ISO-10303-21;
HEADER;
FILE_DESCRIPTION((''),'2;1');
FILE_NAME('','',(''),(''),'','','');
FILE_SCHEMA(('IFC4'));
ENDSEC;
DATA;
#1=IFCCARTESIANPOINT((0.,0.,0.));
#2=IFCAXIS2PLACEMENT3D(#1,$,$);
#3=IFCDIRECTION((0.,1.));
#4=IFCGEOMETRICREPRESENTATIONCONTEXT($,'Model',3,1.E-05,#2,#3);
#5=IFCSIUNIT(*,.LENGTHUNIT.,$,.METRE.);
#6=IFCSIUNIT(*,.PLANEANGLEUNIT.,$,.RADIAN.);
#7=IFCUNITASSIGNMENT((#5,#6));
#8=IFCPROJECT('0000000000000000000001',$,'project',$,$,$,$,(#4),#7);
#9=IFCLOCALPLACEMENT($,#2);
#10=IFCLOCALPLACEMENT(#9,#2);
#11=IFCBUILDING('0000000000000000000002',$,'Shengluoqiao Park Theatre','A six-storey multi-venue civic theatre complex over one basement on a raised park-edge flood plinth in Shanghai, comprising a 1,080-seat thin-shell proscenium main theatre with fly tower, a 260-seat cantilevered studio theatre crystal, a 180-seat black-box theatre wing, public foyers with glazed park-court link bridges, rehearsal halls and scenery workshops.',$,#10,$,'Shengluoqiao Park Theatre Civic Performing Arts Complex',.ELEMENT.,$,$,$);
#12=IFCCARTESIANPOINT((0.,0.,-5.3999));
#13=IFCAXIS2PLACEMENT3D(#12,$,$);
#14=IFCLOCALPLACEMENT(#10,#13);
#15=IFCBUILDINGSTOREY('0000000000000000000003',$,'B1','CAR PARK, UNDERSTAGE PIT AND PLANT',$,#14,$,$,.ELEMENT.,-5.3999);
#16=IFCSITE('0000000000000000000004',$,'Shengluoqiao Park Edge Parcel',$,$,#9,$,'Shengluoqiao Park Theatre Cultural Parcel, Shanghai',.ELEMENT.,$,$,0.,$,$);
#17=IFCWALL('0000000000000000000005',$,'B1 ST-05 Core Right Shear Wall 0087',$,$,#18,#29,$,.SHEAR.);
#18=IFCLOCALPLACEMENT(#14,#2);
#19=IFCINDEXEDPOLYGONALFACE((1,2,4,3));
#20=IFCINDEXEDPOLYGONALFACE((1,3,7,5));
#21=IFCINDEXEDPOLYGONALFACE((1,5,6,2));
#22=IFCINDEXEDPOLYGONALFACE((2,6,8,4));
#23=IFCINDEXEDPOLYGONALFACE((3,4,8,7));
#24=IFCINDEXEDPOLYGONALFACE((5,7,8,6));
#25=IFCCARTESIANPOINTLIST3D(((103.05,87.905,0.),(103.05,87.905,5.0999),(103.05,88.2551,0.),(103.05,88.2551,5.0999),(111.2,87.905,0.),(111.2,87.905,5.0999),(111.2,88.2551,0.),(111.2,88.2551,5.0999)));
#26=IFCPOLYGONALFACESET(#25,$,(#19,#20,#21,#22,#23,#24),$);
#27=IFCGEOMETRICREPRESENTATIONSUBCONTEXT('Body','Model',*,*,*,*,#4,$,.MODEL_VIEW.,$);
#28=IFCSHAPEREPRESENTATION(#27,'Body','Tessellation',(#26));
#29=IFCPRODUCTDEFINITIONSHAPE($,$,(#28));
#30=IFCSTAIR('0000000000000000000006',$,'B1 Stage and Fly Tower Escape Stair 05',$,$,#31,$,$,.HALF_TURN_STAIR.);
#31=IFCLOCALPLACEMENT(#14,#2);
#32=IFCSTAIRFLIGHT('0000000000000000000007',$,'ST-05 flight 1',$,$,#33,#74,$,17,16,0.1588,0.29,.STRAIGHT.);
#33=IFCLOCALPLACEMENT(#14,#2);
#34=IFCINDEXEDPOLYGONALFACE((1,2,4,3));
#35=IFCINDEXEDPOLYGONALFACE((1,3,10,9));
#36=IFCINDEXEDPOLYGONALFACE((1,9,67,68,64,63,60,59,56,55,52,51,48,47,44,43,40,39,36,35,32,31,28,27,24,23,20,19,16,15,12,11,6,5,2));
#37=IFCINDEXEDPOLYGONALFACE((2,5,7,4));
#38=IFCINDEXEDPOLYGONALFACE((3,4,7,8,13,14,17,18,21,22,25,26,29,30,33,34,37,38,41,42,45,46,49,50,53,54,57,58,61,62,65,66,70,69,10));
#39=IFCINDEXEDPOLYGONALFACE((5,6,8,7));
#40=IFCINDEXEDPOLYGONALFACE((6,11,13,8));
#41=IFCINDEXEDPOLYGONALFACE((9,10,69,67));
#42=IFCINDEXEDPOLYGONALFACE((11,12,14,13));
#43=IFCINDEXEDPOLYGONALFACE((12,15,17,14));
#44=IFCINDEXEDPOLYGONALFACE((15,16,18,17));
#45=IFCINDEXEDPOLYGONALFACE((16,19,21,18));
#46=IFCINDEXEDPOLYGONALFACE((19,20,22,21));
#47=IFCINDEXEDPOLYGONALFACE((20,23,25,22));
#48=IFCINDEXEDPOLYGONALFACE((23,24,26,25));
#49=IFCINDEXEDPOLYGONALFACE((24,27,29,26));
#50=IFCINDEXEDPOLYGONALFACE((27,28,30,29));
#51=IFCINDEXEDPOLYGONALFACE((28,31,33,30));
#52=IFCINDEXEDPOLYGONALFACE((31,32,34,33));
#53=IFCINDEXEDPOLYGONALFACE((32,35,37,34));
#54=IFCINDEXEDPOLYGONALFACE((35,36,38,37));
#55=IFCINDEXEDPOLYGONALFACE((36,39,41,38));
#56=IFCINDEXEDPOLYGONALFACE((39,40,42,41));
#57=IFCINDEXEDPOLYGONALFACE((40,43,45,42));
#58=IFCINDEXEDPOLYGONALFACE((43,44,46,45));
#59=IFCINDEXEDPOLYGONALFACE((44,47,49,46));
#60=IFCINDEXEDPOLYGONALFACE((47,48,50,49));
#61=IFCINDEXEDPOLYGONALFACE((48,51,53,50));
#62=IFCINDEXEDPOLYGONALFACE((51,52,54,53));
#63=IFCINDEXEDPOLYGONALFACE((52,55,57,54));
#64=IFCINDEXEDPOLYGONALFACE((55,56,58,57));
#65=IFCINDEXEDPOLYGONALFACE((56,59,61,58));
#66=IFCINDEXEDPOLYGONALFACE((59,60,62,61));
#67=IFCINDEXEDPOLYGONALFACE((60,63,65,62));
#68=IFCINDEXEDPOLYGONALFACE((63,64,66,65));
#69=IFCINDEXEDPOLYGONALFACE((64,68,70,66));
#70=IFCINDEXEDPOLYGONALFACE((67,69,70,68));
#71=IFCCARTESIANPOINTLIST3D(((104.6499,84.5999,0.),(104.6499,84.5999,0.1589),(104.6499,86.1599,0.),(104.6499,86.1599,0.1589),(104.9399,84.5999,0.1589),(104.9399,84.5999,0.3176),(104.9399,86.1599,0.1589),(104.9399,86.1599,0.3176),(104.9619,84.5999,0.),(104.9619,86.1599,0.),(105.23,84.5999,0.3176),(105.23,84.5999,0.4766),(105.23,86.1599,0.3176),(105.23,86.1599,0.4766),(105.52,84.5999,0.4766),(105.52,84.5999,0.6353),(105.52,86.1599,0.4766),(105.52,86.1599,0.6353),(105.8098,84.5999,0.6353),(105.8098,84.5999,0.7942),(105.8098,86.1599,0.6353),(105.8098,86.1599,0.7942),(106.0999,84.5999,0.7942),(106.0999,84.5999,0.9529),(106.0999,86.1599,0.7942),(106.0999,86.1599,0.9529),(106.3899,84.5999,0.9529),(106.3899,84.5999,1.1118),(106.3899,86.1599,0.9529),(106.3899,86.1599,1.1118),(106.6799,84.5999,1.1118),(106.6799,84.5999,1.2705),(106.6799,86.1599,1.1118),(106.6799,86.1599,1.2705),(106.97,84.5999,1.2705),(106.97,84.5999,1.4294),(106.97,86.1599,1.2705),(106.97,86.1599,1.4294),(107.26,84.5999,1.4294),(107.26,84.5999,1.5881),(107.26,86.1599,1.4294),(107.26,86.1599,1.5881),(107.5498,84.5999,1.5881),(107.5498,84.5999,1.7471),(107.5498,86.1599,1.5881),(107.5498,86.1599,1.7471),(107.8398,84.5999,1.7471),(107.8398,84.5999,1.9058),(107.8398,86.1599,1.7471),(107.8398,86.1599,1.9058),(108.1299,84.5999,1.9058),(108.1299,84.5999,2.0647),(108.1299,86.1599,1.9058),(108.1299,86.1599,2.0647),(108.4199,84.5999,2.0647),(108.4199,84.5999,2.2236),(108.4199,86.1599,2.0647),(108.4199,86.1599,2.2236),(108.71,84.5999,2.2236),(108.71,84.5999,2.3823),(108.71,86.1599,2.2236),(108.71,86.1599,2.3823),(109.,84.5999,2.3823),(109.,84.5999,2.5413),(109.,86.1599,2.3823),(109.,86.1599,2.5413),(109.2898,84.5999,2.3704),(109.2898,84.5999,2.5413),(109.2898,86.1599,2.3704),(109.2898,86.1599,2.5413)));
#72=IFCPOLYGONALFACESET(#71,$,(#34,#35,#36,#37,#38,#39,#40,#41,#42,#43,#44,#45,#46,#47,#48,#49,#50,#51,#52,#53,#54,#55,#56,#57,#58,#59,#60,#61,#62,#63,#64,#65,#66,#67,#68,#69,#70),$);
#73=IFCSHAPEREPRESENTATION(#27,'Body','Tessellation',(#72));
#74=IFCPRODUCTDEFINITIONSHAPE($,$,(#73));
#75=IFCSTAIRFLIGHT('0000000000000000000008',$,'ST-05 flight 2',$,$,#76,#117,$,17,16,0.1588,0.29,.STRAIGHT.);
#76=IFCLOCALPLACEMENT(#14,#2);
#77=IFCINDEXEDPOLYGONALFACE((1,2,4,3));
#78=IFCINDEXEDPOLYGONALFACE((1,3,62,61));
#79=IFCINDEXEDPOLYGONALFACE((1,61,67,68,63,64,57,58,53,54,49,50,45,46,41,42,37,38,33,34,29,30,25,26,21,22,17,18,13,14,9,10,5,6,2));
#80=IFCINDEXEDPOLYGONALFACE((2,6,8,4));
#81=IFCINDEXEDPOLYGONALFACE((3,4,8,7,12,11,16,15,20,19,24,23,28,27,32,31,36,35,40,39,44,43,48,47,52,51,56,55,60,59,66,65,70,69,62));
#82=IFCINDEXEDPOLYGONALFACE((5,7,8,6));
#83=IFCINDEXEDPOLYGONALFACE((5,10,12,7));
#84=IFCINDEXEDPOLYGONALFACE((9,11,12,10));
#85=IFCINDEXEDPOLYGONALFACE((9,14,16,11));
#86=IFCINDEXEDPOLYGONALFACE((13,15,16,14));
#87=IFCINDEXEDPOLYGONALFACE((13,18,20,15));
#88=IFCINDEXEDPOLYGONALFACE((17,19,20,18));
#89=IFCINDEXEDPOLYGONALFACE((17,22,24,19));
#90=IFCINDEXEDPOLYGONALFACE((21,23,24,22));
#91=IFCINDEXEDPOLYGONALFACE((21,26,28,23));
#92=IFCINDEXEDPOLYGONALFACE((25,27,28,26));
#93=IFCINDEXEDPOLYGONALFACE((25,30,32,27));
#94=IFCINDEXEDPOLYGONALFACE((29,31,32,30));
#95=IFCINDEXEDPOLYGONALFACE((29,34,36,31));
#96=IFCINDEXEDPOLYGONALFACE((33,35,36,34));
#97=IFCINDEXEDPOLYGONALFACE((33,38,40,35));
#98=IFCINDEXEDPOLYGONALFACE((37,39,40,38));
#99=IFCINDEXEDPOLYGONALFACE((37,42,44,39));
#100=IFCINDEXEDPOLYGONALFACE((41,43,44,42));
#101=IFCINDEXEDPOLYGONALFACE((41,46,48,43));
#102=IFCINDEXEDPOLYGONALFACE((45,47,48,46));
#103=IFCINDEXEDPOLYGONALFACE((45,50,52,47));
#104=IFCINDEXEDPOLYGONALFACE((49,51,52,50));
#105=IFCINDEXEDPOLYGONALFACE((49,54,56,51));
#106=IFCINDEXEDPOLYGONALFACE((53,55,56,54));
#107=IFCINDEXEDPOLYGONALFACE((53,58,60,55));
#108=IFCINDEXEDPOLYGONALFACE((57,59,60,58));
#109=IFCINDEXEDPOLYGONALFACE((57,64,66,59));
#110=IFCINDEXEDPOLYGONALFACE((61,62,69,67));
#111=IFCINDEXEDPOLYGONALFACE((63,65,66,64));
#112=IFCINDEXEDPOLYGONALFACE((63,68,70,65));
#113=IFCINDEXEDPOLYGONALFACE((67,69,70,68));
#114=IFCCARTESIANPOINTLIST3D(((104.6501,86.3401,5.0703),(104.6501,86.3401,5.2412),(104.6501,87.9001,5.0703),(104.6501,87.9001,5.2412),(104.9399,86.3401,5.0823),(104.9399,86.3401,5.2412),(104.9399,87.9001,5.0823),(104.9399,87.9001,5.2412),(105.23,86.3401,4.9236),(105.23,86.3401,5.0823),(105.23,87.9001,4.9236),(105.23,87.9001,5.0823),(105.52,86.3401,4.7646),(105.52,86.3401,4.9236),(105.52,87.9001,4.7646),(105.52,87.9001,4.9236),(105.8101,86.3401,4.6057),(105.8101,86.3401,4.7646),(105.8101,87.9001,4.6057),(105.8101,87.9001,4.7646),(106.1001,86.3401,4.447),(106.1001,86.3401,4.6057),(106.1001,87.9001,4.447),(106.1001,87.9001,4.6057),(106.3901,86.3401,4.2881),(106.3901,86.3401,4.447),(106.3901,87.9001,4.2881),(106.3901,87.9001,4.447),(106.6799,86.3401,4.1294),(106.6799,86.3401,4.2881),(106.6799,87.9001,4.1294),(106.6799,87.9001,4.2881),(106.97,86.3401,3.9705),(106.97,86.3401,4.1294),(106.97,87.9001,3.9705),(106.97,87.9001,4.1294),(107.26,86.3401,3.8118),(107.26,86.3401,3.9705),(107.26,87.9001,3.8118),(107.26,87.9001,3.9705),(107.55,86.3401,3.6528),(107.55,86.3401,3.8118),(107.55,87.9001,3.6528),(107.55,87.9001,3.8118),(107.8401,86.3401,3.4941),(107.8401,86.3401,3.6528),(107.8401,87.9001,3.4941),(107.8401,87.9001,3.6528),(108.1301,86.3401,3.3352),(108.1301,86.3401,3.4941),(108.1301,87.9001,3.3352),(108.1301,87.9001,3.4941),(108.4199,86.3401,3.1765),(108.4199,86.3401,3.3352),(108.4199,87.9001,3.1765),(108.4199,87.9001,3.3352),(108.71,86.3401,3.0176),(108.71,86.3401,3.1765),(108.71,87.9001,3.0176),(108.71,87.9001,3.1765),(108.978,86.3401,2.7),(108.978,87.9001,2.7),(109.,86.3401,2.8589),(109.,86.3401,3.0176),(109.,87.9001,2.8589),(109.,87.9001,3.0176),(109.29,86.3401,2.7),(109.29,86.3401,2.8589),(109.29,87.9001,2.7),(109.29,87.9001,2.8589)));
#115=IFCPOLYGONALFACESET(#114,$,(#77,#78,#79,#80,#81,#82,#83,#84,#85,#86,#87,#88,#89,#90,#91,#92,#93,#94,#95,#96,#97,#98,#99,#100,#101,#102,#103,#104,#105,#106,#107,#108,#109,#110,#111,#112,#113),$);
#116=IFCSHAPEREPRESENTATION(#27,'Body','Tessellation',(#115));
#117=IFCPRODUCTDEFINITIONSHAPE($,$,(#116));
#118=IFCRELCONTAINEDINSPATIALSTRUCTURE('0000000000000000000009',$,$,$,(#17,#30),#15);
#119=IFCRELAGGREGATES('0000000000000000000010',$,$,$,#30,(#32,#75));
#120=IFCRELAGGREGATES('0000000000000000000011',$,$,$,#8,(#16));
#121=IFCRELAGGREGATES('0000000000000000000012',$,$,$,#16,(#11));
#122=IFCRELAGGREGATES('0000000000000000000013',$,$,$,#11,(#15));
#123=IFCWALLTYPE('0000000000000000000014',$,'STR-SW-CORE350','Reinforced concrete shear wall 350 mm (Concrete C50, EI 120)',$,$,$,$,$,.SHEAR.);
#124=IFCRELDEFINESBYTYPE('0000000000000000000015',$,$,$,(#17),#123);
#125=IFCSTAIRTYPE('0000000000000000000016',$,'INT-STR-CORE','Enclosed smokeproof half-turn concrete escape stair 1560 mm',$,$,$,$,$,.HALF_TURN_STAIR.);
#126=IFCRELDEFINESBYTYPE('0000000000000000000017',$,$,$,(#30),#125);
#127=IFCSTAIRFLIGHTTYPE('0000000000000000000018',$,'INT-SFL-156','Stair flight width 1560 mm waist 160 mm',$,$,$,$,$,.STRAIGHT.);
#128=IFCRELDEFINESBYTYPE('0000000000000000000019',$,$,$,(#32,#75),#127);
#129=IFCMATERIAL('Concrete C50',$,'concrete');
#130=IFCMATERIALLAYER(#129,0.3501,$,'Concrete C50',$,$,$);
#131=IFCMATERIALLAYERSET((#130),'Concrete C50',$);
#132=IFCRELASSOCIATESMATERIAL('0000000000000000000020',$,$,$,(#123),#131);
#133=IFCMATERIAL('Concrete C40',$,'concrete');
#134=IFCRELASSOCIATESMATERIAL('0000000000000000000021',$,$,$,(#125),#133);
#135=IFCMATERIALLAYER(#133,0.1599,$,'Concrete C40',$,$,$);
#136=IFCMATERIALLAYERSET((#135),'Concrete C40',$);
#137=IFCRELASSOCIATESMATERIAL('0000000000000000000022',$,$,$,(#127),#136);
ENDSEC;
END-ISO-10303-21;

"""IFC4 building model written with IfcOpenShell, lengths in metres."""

from ifc_helpers import new_model, si_unit, direction, frame, frame_2d, origin, place, context, subcontext, project, spatial, polyline, rectangle, outline, extrude, material, layer, layer_set, type_object, element, aggregate, save


model = new_model("IFC4")

# Units and contexts
model_context = context("Model", 3, precision=1e-05, world=origin(), true_north=direction((0.0, 1.0)))
body_context = subcontext(model_context, "Body", "Model", "MODEL_VIEW")
ifc_project = project(units=[si_unit("LENGTHUNIT", "METRE"), si_unit("PLANEANGLEUNIT", "RADIAN")], contexts=[model_context])

# Site, building, storey
site_placement = place(None, origin())
site = spatial("IfcSite", under=ifc_project, at=site_placement, Name="Shengluoqiao Park Edge Parcel", LongName="Shengluoqiao Park Theatre Cultural Parcel, Shanghai", CompositionType="ELEMENT", RefElevation=0.0)
building_placement = place(site_placement, origin())
building = spatial("IfcBuilding", under=site, at=building_placement, Name="Shengluoqiao Park Theatre", Description="A six-storey multi-venue civic theatre complex over one basement on a raised park-edge flood plinth in Shanghai, comprising a 1,080-seat thin-shell proscenium main theatre with fly tower, a 260-seat cantilevered studio theatre crystal, a 180-seat black-box theatre wing, public foyers with glazed park-court link bridges, rehearsal halls and scenery workshops.", LongName="Shengluoqiao Park Theatre Civic Performing Arts Complex", CompositionType="ELEMENT")
storey_placement = place(building_placement, frame((0.0, 0.0, -5.3999)))
storey = spatial("IfcBuildingStorey", under=building, at=storey_placement, Name="B1", Description="CAR PARK, UNDERSTAGE PIT AND PLANT", CompositionType="ELEMENT", Elevation=-5.3999)

# Shared definitions
ifc_material_1 = material(Name="Concrete C40", Category="concrete")

# Shared definitions
ifc_material_2 = material(Name="Concrete C50", Category="concrete")

# Wall
ifc_layer_1 = layer(ifc_material_2, 0.3501, Name="Concrete C50")
ifc_layer_set_1 = layer_set([ifc_layer_1], Name="Concrete C50")
wall_type_1 = type_object("IfcWallType", Name="STR-SW-CORE350", Description="Reinforced concrete shear wall 350 mm (Concrete C50, EI 120)", PredefinedType="SHEAR", material=ifc_layer_set_1)
wall_1_placement = place(storey_placement, frame((111.2, 88.0801, 0.0), z_axis=(0.0, 0.0, 1.0), x_axis=(-1.0, 0.0, 0.0)))
element("IfcWall", 1, at=wall_1_placement, inside=storey, type_object=wall_type_1, Name="B1 ST-05 Core Right Shear Wall 0087", PredefinedType="SHEAR", context=body_context, shape_type="SweptSolid", body=[
    extrude(rectangle(XDim=8.1499, YDim=0.3501, at=frame_2d((4.075, 0.0))), origin(), (0.0, 0.0, 1.0), 5.0999),
])

# Stair, stair flights
stair_type = type_object("IfcStairType", Name="INT-STR-CORE", Description="Enclosed smokeproof half-turn concrete escape stair 1560 mm", PredefinedType="HALF_TURN_STAIR", material=ifc_material_1)
stair_placement = place(storey_placement, origin())
stair = element("IfcStair", 2, at=stair_placement, inside=storey, type_object=stair_type, Name="B1 Stage and Fly Tower Escape Stair 05", PredefinedType="HALF_TURN_STAIR")
ifc_layer_2 = layer(ifc_material_1, 0.1599, Name="Concrete C40")
ifc_layer_set_2 = layer_set([ifc_layer_2], Name="Concrete C40")
stair_flight_type = type_object("IfcStairFlightType", Name="INT-SFL-156", Description="Stair flight width 1560 mm waist 160 mm", PredefinedType="STRAIGHT", material=ifc_layer_set_2)
stair_flight_1_placement = place(storey_placement, frame((104.6499, 85.3799, 0.0), z_axis=(0.0, 0.0, 1.0), x_axis=(1.0, 0.0, 0.0)))
stair_flight_1 = element("IfcStairFlight", 3, at=stair_flight_1_placement, type_object=stair_flight_type, Name="ST-05 flight 1", NumberOfRisers=17, NumberOfTreads=16, PredefinedType="STRAIGHT", RiserHeight=0.1588, TreadLength=0.29, context=body_context, shape_type="SweptSolid", body=[
    extrude(outline(polyline([(0.0, 0.0), (0.0, 0.1589), (0.29, 0.1589), (0.29, 0.3176), (0.5801, 0.3176), (0.5801, 0.4766), (0.8701, 0.4766), (0.8701, 0.6353), (1.1599, 0.6353), (1.1599, 0.7942), (1.45, 0.7942), (1.45, 0.9529), (1.74, 0.9529), (1.74, 1.1118), (2.03, 1.1118), (2.03, 1.2705), (2.3201, 1.2705), (2.3201, 1.4294), (2.6101, 1.4294), (2.6101, 1.5881), (2.8999, 1.5881), (2.8999, 1.7471), (3.1899, 1.7471), (3.1899, 1.9058), (3.48, 1.9058), (3.48, 2.0647), (3.77, 2.0647), (3.77, 2.2236), (4.0601, 2.2236), (4.0601, 2.3823), (4.3501, 2.3823), (4.3501, 2.5413), (4.6399, 2.5413), (4.6399, 2.7), (4.6399, 2.3704), (0.312, 0.0), (0.0, 0.0)])), frame((0.0, 0.78, 0.0), z_axis=(0.0, -1.0, 0.0), x_axis=(1.0, 0.0, 0.0)), (0.0, 0.0, 1.0), 1.5601),
])
stair_flight_2_placement = place(storey_placement, frame((109.29, 87.1201, 2.7), z_axis=(0.0, 0.0, 1.0), x_axis=(-1.0, 0.0, 0.0)))
stair_flight_2 = element("IfcStairFlight", 4, at=stair_flight_2_placement, type_object=stair_flight_type, Name="ST-05 flight 2", NumberOfRisers=17, NumberOfTreads=16, PredefinedType="STRAIGHT", RiserHeight=0.1588, TreadLength=0.29, context=body_context, shape_type="SweptSolid", body=[
    extrude(outline(polyline([(0.0, 0.0), (0.0, 0.1589), (0.29, 0.1589), (0.29, 0.3176), (0.5801, 0.3176), (0.5801, 0.4766), (0.8701, 0.4766), (0.8701, 0.6353), (1.1599, 0.6353), (1.1599, 0.7942), (1.45, 0.7942), (1.45, 0.9529), (1.74, 0.9529), (1.74, 1.1118), (2.03, 1.1118), (2.03, 1.2705), (2.3201, 1.2705), (2.3201, 1.4294), (2.6101, 1.4294), (2.6101, 1.5881), (2.8999, 1.5881), (2.8999, 1.7471), (3.1899, 1.7471), (3.1899, 1.9058), (3.48, 1.9058), (3.48, 2.0647), (3.77, 2.0647), (3.77, 2.2236), (4.0601, 2.2236), (4.0601, 2.3823), (4.3501, 2.3823), (4.3501, 2.5413), (4.6399, 2.5413), (4.6399, 2.7), (4.6399, 2.3704), (0.312, 0.0), (0.0, 0.0)])), frame((0.0, 0.78, 0.0), z_axis=(0.0, -1.0, 0.0), x_axis=(1.0, 0.0, 0.0)), (0.0, 0.0, 1.0), 1.5601),
])
aggregate(stair, [stair_flight_1, stair_flight_2])

save(model, "model.ifc")
